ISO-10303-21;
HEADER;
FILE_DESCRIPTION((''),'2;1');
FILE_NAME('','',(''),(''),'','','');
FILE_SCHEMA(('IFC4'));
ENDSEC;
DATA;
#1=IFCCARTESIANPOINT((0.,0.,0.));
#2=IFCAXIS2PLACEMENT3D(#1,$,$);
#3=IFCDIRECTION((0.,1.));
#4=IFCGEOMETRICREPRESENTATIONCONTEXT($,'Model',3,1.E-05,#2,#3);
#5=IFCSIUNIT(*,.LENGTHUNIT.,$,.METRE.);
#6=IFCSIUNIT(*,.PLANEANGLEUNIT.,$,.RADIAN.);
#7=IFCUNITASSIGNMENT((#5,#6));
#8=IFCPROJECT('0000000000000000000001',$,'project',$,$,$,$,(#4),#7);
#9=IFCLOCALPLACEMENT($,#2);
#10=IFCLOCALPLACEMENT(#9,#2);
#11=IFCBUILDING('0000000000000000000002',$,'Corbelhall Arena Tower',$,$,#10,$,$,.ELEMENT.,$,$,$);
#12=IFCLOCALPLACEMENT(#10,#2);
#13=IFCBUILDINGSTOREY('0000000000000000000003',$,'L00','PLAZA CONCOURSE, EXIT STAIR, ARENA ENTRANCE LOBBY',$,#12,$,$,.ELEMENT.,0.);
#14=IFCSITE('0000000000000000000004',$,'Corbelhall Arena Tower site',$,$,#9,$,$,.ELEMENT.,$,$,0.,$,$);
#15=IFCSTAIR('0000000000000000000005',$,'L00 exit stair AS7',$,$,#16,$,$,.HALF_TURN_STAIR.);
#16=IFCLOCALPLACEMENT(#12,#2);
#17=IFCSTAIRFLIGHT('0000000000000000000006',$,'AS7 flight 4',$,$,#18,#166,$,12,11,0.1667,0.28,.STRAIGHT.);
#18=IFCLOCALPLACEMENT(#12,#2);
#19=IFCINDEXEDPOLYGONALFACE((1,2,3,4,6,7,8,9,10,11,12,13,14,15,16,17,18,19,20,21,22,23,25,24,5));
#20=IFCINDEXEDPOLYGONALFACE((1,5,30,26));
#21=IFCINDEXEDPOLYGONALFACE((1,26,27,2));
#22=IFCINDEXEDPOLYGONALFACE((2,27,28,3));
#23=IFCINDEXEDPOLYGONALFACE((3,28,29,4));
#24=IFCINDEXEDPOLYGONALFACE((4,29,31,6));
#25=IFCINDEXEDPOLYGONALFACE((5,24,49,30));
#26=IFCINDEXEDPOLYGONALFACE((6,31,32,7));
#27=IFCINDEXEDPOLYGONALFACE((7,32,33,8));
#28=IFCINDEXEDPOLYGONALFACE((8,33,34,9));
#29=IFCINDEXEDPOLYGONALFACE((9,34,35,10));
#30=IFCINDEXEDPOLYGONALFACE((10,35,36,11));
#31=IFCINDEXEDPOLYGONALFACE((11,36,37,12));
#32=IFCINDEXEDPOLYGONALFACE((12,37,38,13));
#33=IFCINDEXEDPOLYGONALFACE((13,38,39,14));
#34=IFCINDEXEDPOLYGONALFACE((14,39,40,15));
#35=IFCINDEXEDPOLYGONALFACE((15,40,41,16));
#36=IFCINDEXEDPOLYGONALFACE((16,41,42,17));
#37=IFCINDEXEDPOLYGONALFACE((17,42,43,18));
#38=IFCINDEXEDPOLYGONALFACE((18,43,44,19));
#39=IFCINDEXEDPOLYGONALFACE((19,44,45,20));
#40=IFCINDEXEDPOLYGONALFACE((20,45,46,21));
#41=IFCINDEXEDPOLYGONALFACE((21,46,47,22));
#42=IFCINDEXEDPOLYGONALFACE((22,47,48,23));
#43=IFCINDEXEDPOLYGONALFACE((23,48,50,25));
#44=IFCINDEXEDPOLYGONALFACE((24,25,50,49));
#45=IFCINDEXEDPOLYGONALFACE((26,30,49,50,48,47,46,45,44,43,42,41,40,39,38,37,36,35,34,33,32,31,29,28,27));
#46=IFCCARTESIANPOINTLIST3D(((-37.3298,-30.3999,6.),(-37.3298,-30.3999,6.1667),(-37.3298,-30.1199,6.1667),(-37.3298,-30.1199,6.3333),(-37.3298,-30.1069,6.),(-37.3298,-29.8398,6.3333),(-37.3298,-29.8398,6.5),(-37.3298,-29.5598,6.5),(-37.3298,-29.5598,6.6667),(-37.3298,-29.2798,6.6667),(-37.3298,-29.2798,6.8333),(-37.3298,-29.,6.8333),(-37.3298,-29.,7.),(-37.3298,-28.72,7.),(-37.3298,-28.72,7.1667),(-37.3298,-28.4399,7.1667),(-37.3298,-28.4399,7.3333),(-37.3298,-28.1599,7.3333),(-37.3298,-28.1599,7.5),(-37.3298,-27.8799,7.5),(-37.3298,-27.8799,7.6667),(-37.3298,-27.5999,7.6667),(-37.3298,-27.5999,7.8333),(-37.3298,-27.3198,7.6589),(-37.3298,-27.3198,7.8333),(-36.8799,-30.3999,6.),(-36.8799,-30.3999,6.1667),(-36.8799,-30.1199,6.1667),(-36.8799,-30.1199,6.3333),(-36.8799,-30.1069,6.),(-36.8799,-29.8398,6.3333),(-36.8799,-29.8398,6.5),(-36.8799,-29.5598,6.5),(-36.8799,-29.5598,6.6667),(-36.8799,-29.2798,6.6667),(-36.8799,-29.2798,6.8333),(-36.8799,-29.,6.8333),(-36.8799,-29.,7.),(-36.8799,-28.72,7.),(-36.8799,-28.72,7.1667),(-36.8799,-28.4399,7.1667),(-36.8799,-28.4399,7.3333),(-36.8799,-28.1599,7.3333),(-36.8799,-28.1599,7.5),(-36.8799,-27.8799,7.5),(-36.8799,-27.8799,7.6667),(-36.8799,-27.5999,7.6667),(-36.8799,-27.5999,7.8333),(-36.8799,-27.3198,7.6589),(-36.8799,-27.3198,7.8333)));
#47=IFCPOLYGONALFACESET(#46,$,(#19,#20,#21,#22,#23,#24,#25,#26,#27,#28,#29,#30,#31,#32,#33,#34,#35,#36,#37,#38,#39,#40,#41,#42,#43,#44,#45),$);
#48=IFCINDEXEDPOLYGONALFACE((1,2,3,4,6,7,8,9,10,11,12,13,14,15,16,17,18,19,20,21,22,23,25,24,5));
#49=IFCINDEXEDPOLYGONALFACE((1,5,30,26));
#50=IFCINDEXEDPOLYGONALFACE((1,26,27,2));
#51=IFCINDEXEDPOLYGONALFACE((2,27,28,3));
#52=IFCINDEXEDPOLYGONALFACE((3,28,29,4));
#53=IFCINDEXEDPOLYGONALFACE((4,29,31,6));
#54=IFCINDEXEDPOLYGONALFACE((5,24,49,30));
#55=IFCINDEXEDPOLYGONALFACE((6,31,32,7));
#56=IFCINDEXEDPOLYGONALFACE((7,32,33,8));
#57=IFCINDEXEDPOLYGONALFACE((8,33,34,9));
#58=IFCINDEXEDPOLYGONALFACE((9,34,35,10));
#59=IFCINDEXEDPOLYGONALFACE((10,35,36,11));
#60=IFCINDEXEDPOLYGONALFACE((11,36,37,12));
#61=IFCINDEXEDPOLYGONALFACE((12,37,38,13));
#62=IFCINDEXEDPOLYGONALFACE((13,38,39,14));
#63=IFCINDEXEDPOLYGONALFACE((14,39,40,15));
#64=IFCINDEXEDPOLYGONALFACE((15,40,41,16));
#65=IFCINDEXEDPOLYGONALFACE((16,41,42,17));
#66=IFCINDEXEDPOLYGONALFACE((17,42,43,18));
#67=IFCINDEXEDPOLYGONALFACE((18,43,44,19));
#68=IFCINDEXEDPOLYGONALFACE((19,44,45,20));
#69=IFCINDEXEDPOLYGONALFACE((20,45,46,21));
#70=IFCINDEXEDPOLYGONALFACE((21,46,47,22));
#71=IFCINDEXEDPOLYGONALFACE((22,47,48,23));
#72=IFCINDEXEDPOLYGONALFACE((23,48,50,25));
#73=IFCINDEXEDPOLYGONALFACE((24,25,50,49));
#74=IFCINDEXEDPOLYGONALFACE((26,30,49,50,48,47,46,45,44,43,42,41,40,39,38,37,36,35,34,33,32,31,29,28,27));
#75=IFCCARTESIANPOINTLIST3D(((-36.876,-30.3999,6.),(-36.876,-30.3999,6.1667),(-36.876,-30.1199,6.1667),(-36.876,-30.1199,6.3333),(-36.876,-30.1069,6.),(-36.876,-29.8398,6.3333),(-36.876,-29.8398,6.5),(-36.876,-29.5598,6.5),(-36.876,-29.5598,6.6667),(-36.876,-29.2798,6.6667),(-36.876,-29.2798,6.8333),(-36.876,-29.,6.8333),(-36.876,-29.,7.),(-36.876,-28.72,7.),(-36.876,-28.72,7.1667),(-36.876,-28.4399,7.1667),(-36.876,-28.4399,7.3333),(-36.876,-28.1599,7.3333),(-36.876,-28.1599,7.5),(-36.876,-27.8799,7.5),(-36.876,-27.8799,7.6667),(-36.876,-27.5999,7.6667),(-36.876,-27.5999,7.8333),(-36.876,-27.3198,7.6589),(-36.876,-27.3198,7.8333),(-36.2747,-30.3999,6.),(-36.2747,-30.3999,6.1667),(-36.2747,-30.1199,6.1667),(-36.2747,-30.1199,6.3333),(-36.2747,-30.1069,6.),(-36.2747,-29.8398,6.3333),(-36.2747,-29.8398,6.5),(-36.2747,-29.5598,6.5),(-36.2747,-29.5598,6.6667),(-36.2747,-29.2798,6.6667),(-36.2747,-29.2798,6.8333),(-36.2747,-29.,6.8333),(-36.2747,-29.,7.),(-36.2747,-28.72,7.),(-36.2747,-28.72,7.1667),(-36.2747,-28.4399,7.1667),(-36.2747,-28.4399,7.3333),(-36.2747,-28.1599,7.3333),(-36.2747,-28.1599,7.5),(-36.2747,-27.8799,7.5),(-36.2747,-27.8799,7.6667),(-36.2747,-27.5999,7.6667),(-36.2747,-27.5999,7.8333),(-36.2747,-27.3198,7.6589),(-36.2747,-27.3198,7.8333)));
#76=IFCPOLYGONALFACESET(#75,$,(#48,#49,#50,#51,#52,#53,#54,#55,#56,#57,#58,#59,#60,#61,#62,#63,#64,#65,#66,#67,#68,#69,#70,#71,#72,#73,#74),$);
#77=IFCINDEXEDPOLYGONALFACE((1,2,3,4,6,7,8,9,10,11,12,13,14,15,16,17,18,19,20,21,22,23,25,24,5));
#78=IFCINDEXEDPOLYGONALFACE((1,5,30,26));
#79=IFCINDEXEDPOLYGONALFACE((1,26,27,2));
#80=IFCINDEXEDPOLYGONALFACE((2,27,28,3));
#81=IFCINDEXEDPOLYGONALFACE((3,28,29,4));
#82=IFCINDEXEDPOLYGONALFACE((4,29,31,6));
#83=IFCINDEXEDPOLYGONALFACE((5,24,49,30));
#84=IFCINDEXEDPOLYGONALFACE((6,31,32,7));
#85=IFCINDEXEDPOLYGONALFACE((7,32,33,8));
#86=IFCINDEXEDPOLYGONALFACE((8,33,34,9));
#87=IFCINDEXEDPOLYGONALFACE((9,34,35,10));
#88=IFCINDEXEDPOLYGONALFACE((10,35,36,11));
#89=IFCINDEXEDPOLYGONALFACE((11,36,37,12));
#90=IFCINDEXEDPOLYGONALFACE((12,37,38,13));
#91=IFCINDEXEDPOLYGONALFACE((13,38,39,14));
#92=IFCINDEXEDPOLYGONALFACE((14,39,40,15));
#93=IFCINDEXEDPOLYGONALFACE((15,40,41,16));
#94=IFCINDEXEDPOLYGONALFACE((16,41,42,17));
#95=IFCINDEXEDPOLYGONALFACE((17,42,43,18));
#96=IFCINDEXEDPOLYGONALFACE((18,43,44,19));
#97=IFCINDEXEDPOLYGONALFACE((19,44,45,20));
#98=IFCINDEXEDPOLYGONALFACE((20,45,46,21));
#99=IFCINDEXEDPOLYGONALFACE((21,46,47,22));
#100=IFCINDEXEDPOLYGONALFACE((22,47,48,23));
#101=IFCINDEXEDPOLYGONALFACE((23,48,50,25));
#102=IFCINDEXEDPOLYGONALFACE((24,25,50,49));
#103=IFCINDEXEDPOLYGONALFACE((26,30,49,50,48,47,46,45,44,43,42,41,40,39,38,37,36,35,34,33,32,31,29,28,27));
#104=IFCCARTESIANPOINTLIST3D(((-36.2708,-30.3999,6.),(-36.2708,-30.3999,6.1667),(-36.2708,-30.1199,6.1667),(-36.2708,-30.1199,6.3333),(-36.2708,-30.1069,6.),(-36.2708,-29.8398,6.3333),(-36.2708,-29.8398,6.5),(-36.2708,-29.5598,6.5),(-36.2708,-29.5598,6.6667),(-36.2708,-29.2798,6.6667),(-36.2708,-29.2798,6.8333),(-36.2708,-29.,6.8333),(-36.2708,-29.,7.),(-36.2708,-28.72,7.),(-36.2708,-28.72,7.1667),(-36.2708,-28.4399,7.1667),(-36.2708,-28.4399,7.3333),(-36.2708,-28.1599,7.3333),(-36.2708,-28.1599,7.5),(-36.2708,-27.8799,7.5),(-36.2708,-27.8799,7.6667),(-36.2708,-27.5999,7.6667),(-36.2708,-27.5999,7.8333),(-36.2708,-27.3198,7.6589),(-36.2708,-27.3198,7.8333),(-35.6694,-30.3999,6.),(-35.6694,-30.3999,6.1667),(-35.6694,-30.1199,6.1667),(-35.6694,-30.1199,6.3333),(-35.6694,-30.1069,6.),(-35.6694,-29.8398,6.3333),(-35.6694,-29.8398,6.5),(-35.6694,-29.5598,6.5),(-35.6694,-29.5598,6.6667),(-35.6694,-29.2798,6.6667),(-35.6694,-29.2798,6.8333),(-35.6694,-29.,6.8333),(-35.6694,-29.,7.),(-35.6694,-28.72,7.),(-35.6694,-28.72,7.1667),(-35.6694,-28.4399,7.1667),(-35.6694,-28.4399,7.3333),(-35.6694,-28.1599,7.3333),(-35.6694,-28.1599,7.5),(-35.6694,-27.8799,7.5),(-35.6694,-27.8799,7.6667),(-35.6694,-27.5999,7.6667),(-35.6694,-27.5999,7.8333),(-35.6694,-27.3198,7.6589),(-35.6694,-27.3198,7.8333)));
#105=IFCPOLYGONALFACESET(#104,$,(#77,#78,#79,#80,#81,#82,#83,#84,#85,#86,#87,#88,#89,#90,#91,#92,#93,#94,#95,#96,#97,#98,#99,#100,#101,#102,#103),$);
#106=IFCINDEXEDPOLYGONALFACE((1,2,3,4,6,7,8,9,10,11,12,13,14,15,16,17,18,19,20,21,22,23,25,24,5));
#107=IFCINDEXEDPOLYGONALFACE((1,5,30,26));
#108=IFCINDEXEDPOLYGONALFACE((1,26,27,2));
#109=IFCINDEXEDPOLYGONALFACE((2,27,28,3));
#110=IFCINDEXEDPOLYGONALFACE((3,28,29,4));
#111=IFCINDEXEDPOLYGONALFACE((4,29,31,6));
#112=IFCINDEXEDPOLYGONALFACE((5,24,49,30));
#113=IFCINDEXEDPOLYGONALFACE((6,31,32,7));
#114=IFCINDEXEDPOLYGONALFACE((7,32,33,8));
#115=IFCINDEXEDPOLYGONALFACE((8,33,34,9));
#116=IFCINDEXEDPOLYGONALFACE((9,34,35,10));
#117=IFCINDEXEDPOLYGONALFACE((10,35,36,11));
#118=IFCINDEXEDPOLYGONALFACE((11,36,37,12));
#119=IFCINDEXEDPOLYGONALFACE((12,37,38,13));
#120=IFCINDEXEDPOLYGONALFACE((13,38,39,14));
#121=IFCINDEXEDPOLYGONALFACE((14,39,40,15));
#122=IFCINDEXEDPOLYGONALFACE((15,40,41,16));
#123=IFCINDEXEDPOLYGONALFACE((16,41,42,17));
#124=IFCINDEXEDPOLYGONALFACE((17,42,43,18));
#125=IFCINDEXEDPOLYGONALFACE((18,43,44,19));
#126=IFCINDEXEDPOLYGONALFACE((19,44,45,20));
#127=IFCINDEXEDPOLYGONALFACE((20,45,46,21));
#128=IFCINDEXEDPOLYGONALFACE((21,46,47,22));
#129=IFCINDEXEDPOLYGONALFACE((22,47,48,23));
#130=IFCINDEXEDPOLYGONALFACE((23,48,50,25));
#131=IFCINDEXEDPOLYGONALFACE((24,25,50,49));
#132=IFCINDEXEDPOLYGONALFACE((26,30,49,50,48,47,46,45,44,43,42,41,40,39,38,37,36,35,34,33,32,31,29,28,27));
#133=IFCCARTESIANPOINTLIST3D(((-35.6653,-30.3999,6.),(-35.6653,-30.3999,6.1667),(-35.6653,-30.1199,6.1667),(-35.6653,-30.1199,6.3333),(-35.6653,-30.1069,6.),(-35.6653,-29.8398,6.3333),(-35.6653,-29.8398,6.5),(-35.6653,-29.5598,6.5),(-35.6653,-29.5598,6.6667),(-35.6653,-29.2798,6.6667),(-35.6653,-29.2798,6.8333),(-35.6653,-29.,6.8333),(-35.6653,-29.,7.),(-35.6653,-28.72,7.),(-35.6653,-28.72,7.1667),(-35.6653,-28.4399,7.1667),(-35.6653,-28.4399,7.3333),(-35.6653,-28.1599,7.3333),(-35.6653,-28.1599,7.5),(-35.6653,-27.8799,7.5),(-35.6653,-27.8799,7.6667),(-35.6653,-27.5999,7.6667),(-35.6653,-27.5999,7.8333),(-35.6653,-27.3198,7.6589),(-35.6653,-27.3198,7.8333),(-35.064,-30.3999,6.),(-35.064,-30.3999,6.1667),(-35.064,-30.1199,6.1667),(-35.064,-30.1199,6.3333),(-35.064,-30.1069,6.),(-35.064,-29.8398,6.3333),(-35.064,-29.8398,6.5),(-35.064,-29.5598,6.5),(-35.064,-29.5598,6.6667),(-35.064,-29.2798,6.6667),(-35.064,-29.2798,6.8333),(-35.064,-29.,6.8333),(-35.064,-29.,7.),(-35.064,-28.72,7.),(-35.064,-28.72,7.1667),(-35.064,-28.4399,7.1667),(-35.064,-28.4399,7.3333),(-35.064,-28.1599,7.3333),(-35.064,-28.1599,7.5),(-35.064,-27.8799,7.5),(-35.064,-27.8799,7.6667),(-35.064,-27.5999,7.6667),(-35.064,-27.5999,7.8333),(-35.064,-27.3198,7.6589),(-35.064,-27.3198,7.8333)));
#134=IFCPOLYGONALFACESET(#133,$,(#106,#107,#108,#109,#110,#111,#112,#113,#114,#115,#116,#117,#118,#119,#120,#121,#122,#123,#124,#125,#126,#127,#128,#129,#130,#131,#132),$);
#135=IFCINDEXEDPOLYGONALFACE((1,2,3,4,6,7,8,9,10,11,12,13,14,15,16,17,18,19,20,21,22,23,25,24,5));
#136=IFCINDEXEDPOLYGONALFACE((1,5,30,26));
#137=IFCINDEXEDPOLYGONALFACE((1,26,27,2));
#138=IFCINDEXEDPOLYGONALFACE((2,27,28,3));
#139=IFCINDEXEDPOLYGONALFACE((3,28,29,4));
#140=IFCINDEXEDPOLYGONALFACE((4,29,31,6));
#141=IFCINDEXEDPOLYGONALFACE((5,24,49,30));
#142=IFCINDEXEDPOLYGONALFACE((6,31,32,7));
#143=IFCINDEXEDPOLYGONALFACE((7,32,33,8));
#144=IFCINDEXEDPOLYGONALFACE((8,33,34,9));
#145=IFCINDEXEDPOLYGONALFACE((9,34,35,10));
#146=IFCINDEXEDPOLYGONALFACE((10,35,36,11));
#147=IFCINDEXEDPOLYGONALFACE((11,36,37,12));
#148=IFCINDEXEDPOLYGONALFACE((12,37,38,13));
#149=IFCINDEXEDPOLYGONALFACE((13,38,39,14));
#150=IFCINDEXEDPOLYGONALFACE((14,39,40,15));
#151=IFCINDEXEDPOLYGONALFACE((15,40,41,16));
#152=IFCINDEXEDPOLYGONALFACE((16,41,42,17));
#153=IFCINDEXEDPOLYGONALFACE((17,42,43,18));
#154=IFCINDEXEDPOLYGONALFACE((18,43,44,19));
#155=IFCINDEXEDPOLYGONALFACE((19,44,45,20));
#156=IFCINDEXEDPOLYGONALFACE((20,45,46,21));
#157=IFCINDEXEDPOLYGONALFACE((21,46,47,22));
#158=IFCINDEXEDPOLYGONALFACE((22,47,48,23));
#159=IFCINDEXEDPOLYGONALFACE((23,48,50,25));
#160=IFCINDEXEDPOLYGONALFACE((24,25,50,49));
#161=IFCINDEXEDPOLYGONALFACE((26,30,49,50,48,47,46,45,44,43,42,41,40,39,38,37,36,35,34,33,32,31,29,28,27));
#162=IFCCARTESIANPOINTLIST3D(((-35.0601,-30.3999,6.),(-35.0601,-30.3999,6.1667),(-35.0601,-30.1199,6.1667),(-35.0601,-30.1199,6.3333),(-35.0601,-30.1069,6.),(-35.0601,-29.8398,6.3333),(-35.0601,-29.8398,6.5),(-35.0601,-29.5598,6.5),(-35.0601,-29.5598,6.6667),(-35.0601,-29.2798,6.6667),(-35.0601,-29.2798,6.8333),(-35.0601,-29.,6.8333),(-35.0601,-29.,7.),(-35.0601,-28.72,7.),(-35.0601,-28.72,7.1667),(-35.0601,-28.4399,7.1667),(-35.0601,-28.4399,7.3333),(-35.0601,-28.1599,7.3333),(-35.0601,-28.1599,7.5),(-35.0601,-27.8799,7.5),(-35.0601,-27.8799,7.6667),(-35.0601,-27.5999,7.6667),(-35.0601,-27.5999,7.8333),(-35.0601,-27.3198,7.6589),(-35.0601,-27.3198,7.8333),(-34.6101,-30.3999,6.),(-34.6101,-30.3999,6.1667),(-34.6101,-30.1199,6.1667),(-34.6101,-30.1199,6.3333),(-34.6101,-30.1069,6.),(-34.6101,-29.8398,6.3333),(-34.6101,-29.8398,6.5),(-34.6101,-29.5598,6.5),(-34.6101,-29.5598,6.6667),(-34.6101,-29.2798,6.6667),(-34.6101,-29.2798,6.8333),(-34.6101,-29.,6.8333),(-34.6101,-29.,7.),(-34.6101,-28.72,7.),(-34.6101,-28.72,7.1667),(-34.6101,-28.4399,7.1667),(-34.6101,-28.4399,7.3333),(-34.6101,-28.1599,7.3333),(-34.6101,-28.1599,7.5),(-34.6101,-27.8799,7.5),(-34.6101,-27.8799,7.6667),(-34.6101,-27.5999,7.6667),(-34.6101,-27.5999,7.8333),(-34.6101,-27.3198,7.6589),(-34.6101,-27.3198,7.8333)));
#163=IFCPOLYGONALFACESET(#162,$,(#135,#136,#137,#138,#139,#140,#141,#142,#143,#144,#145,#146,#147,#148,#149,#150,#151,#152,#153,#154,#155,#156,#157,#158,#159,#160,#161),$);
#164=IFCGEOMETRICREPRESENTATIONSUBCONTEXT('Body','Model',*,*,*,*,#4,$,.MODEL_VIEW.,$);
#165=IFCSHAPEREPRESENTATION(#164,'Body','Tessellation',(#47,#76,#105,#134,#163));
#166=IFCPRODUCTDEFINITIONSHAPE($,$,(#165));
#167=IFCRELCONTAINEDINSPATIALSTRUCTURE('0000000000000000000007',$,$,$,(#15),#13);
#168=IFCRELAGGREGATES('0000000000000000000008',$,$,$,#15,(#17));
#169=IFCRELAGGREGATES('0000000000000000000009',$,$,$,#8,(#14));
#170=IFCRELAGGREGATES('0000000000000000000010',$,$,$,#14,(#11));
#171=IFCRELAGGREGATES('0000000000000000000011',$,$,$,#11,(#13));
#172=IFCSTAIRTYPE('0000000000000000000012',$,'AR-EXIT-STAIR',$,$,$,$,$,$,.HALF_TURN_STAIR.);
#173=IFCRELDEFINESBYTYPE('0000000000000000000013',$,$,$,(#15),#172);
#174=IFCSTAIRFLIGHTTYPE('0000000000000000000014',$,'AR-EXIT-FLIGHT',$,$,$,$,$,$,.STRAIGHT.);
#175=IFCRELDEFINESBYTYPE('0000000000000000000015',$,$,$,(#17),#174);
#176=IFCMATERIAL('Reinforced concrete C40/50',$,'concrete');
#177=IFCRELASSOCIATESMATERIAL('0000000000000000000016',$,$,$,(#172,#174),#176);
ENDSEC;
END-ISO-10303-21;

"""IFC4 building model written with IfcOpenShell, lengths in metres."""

from ifc_helpers import new_model, si_unit, direction, frame, origin, place, context, subcontext, project, spatial, polyline, outline, extrude, material, type_object, element, aggregate, save


model = new_model("IFC4")

# Units and contexts
model_context = context("Model", 3, precision=1e-05, world=origin(), true_north=direction((0.0, 1.0)))
body_context = subcontext(model_context, "Body", "Model", "MODEL_VIEW")
ifc_project = project(units=[si_unit("LENGTHUNIT", "METRE"), si_unit("PLANEANGLEUNIT", "RADIAN")], contexts=[model_context])

# Site, building, storey
site_placement = place(None, origin())
site = spatial("IfcSite", under=ifc_project, at=site_placement, Name="Corbelhall Arena Tower site", CompositionType="ELEMENT", RefElevation=0.0)
building_placement = place(site_placement, origin())
building = spatial("IfcBuilding", under=site, at=building_placement, Name="Corbelhall Arena Tower", CompositionType="ELEMENT")
storey_placement = place(building_placement, origin())
storey = spatial("IfcBuildingStorey", under=building, at=storey_placement, Name="L00", Description="PLAZA CONCOURSE, EXIT STAIR, ARENA ENTRANCE LOBBY", CompositionType="ELEMENT", Elevation=0.0)

# Shared definitions
ifc_material_1 = material(Name="Reinforced concrete C40/50", Category="concrete")

# Stair, stair flight
stair_type = type_object("IfcStairType", Name="AR-EXIT-STAIR", PredefinedType="HALF_TURN_STAIR", material=ifc_material_1)
stair_placement = place(storey_placement, origin())
stair = element("IfcStair", 1, at=stair_placement, inside=storey, type_object=stair_type, Name="L00 exit stair AS7", PredefinedType="HALF_TURN_STAIR")
stair_flight_type = type_object("IfcStairFlightType", Name="AR-EXIT-FLIGHT", PredefinedType="STRAIGHT", material=ifc_material_1)
stair_flight_1_placement = place(storey_placement, frame((-35.97, -30.3999, 6.0), z_axis=(0.0, 0.0, 1.0), x_axis=(0.0, 1.0, 0.0)))
stair_flight_1 = element("IfcStairFlight", 2, at=stair_flight_1_placement, type_object=stair_flight_type, Name="AS7 flight 4", NumberOfRisers=12, NumberOfTreads=11, PredefinedType="STRAIGHT", RiserHeight=0.1667, TreadLength=0.28, context=body_context, shape_type="SweptSolid", body=[
    extrude(outline(polyline([(0.0, 0.0), (0.0, 0.1667), (0.28, 0.1667), (0.28, 0.3333), (0.5601, 0.3333), (0.5601, 0.5), (0.8401, 0.5), (0.8401, 0.6667), (1.1201, 0.6667), (1.1201, 0.8333), (1.3999, 0.8333), (1.3999, 1.0), (1.6799, 1.0), (1.6799, 1.1667), (1.96, 1.1667), (1.96, 1.3333), (2.24, 1.3333), (2.24, 1.5), (2.52, 1.5), (2.52, 1.6667), (2.8, 1.6667), (2.8, 1.8333), (3.0801, 1.8333), (3.0801, 2.0), (3.0801, 1.6589), (0.293, 0.0), (0.0, 0.0)])), frame((0.0, 1.3599, 0.0), z_axis=(0.0, -1.0, 0.0), x_axis=(1.0, 0.0, 0.0)), (0.0, 0.0, 1.0), 0.45),
    extrude(outline(polyline([(0.0, 0.0), (0.0, 0.1667), (0.28, 0.1667), (0.28, 0.3333), (0.5601, 0.3333), (0.5601, 0.5), (0.8401, 0.5), (0.8401, 0.6667), (1.1201, 0.6667), (1.1201, 0.8333), (1.3999, 0.8333), (1.3999, 1.0), (1.6799, 1.0), (1.6799, 1.1667), (1.96, 1.1667), (1.96, 1.3333), (2.24, 1.3333), (2.24, 1.5), (2.52, 1.5), (2.52, 1.6667), (2.8, 1.6667), (2.8, 1.8333), (3.0801, 1.8333), (3.0801, 2.0), (3.0801, 1.6589), (0.293, 0.0), (0.0, 0.0)])), frame((0.0, 0.906, 0.0), z_axis=(0.0, -1.0, 0.0), x_axis=(1.0, 0.0, 0.0)), (0.0, 0.0, 1.0), 0.6013),
    extrude(outline(polyline([(0.0, 0.0), (0.0, 0.1667), (0.28, 0.1667), (0.28, 0.3333), (0.5601, 0.3333), (0.5601, 0.5), (0.8401, 0.5), (0.8401, 0.6667), (1.1201, 0.6667), (1.1201, 0.8333), (1.3999, 0.8333), (1.3999, 1.0), (1.6799, 1.0), (1.6799, 1.1667), (1.96, 1.1667), (1.96, 1.3333), (2.24, 1.3333), (2.24, 1.5), (2.52, 1.5), (2.52, 1.6667), (2.8, 1.6667), (2.8, 1.8333), (3.0801, 1.8333), (3.0801, 2.0), (3.0801, 1.6589), (0.293, 0.0), (0.0, 0.0)])), frame((0.0, 0.3008, 0.0), z_axis=(0.0, -1.0, 0.0), x_axis=(1.0, 0.0, 0.0)), (0.0, 0.0, 1.0), 0.6013),
    extrude(outline(polyline([(0.0, 0.0), (0.0, 0.1667), (0.28, 0.1667), (0.28, 0.3333), (0.5601, 0.3333), (0.5601, 0.5), (0.8401, 0.5), (0.8401, 0.6667), (1.1201, 0.6667), (1.1201, 0.8333), (1.3999, 0.8333), (1.3999, 1.0), (1.6799, 1.0), (1.6799, 1.1667), (1.96, 1.1667), (1.96, 1.3333), (2.24, 1.3333), (2.24, 1.5), (2.52, 1.5), (2.52, 1.6667), (2.8, 1.6667), (2.8, 1.8333), (3.0801, 1.8333), (3.0801, 2.0), (3.0801, 1.6589), (0.293, 0.0), (0.0, 0.0)])), frame((0.0, -0.3047, 0.0), z_axis=(0.0, -1.0, 0.0), x_axis=(1.0, 0.0, 0.0)), (0.0, 0.0, 1.0), 0.6013),
    extrude(outline(polyline([(0.0, 0.0), (0.0, 0.1667), (0.28, 0.1667), (0.28, 0.3333), (0.5601, 0.3333), (0.5601, 0.5), (0.8401, 0.5), (0.8401, 0.6667), (1.1201, 0.6667), (1.1201, 0.8333), (1.3999, 0.8333), (1.3999, 1.0), (1.6799, 1.0), (1.6799, 1.1667), (1.96, 1.1667), (1.96, 1.3333), (2.24, 1.3333), (2.24, 1.5), (2.52, 1.5), (2.52, 1.6667), (2.8, 1.6667), (2.8, 1.8333), (3.0801, 1.8333), (3.0801, 2.0), (3.0801, 1.6589), (0.293, 0.0), (0.0, 0.0)])), frame((0.0, -0.9099, 0.0), z_axis=(0.0, -1.0, 0.0), x_axis=(1.0, 0.0, 0.0)), (0.0, 0.0, 1.0), 0.45),
])
aggregate(stair, [stair_flight_1])

save(model, "model.ifc")
